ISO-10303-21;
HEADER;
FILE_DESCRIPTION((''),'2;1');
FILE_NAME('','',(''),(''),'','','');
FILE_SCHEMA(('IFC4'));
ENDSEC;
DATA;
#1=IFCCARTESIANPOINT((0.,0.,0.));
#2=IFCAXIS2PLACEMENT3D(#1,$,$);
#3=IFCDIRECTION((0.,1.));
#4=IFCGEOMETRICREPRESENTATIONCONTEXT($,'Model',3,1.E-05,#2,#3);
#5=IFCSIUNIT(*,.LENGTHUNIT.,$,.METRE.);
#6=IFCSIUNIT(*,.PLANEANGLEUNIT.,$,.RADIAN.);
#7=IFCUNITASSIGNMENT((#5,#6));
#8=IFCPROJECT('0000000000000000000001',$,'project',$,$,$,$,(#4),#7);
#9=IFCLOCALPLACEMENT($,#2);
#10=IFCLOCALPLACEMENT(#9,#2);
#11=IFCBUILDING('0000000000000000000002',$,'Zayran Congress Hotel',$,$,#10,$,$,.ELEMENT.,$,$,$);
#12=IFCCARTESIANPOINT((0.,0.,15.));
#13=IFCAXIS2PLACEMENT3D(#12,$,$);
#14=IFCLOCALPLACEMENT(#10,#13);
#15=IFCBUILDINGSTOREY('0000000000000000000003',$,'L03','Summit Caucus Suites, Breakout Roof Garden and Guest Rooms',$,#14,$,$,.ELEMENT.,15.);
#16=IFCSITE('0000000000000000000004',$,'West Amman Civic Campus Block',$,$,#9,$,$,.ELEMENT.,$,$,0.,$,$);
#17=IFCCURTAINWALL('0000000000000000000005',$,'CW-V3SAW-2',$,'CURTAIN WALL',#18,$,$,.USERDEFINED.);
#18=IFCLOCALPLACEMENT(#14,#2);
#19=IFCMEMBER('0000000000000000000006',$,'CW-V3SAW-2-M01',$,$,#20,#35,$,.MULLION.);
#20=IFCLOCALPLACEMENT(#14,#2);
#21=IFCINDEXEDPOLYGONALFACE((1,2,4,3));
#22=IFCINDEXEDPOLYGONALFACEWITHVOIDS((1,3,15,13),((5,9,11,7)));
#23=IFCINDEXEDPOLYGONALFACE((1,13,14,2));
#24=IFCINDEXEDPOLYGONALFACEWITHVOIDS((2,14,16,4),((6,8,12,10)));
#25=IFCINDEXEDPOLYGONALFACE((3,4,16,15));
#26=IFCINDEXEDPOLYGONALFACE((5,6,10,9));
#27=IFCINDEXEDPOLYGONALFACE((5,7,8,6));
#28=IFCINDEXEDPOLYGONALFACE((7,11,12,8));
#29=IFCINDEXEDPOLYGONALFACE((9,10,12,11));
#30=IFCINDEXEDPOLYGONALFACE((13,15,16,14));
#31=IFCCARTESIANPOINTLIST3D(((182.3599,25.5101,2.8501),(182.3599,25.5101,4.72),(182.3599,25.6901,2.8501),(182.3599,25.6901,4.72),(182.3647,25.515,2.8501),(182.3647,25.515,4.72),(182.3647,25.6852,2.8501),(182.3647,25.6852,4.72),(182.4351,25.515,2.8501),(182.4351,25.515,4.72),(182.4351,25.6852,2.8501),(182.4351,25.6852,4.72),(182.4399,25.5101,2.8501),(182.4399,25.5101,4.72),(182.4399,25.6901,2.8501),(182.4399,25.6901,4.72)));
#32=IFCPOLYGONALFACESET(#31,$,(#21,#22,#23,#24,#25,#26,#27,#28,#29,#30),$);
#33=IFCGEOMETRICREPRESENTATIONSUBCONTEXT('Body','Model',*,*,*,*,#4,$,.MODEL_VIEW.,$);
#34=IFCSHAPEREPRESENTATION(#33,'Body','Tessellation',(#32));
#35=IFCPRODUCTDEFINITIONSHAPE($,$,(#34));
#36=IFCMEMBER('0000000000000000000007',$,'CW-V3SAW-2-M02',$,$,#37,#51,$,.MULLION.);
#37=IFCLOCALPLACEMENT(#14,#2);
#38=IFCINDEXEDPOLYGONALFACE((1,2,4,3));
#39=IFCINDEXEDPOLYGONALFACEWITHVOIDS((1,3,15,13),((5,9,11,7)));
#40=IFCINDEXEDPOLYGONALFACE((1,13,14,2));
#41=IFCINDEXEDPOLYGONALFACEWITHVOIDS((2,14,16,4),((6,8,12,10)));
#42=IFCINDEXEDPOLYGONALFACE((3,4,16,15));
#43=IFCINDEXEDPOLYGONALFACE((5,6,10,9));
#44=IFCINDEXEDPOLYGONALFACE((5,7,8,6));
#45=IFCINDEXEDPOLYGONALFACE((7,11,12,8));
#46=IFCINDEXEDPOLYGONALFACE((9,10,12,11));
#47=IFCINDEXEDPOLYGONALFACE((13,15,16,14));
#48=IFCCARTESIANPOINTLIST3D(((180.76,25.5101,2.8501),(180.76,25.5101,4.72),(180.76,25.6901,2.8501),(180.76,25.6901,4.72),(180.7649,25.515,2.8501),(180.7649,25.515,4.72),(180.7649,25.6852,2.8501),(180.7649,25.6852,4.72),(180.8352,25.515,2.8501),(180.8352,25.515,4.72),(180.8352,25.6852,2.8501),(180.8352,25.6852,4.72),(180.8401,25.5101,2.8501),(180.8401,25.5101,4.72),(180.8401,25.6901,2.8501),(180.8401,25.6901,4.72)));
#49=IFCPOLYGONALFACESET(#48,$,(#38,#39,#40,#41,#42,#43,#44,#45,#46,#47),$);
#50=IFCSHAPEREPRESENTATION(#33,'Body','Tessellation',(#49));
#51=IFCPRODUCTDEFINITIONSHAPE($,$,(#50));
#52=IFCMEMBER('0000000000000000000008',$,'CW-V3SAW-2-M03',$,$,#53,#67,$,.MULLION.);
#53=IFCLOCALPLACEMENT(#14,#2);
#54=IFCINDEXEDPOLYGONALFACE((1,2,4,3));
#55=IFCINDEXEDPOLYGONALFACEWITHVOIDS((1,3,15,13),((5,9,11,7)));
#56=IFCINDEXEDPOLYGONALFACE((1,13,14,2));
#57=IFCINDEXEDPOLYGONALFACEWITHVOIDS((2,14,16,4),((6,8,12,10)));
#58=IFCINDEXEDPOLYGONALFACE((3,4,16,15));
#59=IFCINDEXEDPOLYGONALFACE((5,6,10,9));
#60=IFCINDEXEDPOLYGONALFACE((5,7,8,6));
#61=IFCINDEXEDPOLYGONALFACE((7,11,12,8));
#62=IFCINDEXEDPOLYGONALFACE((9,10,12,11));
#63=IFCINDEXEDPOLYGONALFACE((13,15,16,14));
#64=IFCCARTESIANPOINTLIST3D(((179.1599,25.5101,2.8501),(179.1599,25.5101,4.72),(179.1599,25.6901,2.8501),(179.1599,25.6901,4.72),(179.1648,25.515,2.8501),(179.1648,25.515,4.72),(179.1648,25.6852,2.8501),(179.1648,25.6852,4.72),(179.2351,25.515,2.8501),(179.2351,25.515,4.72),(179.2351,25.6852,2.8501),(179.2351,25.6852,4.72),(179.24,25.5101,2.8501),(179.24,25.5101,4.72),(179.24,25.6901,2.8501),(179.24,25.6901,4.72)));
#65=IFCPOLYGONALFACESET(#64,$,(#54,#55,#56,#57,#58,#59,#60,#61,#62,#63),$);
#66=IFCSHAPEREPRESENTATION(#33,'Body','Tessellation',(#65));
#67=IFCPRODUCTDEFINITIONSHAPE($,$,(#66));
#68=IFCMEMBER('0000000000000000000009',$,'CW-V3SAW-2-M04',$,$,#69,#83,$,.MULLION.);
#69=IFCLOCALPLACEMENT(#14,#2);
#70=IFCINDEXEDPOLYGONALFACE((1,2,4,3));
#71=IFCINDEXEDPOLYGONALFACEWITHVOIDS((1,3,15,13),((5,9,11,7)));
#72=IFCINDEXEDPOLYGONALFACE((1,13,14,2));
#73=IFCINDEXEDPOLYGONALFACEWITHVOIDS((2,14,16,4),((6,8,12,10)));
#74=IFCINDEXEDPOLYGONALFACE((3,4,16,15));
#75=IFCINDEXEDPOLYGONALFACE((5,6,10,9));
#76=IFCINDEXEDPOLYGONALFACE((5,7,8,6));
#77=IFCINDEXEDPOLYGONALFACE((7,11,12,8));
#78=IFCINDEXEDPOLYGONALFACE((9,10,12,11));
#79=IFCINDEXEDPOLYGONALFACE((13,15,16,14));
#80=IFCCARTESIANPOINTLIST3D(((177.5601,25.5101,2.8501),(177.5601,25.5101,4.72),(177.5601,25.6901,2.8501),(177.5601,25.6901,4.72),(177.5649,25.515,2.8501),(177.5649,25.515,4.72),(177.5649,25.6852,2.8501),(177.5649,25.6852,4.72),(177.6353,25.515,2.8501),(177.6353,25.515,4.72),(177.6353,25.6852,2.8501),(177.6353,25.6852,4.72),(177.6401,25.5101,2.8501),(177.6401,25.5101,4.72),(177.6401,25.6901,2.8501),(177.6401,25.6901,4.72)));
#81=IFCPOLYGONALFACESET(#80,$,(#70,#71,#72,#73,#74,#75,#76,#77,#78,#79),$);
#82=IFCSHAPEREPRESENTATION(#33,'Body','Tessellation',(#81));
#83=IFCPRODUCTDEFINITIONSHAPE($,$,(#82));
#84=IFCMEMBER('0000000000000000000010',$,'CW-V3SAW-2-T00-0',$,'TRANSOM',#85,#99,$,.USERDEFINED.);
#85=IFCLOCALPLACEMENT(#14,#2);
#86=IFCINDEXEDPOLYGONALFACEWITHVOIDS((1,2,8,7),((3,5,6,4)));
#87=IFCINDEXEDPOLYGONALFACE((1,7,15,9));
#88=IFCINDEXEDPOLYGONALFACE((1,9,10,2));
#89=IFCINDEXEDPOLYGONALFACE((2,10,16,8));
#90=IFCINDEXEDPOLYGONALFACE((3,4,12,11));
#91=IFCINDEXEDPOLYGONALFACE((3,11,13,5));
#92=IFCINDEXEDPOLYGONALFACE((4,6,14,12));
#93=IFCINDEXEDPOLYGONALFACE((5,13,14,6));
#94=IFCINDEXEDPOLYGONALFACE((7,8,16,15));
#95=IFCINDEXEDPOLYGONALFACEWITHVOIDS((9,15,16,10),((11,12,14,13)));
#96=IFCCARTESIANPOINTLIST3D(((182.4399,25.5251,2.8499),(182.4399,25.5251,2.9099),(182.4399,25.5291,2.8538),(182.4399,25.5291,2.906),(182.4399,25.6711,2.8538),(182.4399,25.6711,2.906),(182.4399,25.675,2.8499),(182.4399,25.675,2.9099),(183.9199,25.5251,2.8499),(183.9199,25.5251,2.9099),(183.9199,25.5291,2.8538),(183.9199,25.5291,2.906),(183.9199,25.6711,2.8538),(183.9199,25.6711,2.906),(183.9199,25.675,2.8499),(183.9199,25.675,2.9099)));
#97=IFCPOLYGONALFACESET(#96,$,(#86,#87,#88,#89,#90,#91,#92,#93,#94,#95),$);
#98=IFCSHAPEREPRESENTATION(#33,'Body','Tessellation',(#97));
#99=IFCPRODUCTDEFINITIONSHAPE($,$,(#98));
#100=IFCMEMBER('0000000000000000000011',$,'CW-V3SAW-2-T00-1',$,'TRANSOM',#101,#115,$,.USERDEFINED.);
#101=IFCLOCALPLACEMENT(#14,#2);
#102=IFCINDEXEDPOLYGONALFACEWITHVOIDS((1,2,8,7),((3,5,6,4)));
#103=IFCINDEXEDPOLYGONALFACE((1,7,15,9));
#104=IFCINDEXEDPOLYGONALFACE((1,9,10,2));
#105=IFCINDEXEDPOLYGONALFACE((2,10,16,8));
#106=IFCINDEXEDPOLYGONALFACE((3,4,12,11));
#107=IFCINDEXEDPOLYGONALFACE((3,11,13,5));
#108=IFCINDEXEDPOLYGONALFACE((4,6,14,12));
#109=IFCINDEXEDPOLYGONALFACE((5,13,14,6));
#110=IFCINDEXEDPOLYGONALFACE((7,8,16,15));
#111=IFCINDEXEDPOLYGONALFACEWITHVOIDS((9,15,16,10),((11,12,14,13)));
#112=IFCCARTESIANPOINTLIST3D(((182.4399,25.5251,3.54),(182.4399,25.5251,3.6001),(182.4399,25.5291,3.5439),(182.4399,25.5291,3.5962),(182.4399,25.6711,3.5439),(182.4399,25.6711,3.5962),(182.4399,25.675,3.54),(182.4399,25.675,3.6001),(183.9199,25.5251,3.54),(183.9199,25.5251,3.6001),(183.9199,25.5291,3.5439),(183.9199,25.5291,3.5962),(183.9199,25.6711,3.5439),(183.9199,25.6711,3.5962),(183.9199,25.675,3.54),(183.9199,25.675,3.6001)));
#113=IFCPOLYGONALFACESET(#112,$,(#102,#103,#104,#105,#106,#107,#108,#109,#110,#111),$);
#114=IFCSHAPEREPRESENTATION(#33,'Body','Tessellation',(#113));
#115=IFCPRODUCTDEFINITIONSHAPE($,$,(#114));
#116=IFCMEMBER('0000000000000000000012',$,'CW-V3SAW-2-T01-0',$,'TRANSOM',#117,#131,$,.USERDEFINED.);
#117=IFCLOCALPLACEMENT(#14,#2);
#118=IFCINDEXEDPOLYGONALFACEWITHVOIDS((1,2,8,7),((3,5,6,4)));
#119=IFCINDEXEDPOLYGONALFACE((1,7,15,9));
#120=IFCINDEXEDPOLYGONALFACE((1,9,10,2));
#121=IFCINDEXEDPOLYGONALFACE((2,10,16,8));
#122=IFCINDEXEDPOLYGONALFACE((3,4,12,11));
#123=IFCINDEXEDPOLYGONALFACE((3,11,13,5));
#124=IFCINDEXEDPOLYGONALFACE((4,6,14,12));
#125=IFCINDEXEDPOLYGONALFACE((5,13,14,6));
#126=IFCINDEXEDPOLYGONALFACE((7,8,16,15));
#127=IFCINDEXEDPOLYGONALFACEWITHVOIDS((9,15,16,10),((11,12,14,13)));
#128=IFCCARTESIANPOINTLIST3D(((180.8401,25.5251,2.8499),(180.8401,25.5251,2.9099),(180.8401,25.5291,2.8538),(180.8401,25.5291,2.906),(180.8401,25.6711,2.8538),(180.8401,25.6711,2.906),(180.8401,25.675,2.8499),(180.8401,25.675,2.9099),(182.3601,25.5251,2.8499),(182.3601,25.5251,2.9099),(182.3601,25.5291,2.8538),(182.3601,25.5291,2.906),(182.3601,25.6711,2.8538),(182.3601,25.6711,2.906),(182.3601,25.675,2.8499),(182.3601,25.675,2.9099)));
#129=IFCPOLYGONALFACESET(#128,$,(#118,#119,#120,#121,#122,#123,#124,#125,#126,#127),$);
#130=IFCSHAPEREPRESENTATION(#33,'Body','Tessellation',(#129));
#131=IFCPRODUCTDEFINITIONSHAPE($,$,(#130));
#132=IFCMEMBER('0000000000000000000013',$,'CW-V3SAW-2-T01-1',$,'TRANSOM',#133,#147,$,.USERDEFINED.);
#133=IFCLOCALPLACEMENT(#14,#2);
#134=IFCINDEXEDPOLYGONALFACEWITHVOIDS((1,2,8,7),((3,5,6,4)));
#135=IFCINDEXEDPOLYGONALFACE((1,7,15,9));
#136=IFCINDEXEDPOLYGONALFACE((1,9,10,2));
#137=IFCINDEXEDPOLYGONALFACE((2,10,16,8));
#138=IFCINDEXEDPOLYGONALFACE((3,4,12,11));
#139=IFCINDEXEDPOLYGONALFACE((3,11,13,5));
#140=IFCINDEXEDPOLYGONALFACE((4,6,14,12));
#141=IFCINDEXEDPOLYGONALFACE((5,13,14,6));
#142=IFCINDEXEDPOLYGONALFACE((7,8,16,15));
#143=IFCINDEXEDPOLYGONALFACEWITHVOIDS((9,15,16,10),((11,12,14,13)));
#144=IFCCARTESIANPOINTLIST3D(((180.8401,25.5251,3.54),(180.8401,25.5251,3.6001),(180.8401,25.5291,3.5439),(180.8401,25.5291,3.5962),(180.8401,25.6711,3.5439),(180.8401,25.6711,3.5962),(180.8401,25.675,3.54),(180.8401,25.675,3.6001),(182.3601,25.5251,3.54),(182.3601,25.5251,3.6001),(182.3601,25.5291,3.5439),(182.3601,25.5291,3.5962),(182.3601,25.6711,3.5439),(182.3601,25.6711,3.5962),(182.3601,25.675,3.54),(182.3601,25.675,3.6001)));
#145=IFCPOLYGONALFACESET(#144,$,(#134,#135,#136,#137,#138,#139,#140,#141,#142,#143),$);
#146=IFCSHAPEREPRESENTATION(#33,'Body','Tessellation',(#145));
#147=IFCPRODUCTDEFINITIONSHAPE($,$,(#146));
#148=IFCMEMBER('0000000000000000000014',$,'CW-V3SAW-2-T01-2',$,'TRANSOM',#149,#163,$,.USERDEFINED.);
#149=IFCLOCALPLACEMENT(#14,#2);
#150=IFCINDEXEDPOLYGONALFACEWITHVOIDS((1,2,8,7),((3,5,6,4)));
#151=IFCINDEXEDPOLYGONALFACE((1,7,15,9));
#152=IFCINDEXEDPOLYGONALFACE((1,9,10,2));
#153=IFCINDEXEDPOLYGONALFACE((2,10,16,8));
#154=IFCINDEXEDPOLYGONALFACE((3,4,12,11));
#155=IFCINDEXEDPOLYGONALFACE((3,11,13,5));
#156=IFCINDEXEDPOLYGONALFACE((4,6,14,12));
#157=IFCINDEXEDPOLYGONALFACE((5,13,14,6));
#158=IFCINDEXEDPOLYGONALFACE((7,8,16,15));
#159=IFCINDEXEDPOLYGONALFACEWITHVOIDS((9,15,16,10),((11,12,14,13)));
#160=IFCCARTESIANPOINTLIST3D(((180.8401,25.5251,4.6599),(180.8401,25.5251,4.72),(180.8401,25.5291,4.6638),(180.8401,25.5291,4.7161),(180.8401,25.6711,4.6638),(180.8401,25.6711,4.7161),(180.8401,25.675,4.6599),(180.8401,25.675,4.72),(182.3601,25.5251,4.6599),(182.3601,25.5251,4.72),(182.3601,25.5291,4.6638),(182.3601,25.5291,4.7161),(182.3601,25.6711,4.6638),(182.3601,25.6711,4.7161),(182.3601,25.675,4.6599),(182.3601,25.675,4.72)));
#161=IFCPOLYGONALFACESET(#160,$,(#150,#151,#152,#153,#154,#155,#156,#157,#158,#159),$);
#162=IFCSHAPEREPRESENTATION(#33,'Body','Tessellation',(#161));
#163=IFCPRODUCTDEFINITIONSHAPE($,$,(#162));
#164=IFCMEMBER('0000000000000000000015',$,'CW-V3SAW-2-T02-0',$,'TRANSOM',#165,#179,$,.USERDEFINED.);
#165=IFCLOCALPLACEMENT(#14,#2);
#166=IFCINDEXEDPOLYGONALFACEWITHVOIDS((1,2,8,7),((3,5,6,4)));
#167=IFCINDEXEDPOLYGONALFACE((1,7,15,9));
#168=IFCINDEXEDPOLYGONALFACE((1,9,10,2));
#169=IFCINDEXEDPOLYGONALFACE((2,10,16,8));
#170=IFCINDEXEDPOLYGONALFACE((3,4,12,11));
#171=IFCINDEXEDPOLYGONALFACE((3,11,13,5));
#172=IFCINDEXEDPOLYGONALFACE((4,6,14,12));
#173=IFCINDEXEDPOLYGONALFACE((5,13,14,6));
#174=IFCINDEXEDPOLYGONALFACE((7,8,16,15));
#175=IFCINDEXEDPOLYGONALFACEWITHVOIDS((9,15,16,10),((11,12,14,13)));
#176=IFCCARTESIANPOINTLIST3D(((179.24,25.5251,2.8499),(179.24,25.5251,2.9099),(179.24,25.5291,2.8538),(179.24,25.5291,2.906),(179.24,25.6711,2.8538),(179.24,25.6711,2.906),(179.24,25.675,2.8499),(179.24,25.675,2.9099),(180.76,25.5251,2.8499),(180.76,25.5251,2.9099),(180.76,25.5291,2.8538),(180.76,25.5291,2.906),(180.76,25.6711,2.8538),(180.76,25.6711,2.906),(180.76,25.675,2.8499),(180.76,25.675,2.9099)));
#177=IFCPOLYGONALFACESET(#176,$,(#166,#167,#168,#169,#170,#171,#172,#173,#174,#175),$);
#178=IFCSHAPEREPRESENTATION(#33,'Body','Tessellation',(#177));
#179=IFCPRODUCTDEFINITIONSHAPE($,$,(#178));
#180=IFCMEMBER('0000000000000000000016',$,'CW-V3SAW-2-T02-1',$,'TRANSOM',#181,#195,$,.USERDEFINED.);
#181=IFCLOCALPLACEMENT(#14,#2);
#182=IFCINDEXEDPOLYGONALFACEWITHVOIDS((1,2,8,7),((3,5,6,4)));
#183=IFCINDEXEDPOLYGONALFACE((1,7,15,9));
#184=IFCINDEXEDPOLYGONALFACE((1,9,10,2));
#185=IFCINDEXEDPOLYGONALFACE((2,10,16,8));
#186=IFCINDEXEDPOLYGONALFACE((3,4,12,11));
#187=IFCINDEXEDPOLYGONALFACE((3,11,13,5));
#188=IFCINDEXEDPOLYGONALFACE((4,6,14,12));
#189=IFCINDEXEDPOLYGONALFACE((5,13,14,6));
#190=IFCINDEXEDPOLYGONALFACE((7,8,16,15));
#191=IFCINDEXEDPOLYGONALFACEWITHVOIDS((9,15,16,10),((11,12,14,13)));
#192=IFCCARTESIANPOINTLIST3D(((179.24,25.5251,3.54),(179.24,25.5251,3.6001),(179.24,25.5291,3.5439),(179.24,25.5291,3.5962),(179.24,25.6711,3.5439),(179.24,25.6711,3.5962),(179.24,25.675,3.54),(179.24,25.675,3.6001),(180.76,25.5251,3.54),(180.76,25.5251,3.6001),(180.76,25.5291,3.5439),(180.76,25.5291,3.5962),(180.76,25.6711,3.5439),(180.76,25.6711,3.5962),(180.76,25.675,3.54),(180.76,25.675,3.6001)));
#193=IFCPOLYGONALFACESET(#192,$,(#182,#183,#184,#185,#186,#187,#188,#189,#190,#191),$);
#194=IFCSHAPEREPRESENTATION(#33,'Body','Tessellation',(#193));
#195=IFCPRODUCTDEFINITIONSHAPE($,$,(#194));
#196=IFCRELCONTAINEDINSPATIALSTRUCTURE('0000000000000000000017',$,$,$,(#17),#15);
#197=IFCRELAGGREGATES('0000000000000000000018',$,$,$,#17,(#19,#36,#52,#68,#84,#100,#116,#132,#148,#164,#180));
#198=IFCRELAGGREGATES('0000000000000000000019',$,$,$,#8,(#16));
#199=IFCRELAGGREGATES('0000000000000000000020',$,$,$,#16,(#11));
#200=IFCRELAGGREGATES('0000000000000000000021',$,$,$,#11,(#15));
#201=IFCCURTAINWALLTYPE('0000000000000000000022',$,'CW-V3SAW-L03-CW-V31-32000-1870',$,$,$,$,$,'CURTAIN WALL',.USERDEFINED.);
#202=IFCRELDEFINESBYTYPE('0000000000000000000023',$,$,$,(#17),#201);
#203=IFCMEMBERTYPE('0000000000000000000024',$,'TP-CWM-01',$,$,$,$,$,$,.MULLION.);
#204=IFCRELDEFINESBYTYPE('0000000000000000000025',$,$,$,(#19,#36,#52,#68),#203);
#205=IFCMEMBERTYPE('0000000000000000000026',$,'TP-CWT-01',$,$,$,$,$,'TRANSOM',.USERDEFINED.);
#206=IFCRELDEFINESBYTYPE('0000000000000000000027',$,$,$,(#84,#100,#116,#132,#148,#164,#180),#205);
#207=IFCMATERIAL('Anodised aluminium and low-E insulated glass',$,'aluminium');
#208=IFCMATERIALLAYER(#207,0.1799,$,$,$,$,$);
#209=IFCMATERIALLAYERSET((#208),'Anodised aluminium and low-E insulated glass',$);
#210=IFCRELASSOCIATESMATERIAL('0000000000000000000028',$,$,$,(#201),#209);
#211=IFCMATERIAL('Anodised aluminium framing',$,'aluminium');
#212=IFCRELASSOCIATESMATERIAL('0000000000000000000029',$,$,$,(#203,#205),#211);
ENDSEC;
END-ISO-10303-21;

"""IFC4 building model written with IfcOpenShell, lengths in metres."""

from ifc_helpers import new_model, si_unit, direction, frame, origin, origin_2d, place, context, subcontext, project, spatial, hollow_rectangle, extrude, material, layer, layer_set, material_profile, profile_set, type_object, element, aggregate, save


model = new_model("IFC4")

# Units and contexts
model_context = context("Model", 3, precision=1e-05, world=origin(), true_north=direction((0.0, 1.0)))
body_context = subcontext(model_context, "Body", "Model", "MODEL_VIEW")
ifc_project = project(units=[si_unit("LENGTHUNIT", "METRE"), si_unit("PLANEANGLEUNIT", "RADIAN")], contexts=[model_context])

# Site, building, storey
site_placement = place(None, origin())
site = spatial("IfcSite", under=ifc_project, at=site_placement, Name="West Amman Civic Campus Block", CompositionType="ELEMENT", RefElevation=0.0)
building_placement = place(site_placement, origin())
building = spatial("IfcBuilding", under=site, at=building_placement, Name="Zayran Congress Hotel", CompositionType="ELEMENT")
storey_placement = place(building_placement, frame((0.0, 0.0, 15.0)))
storey = spatial("IfcBuildingStorey", under=building, at=storey_placement, Name="L03", Description="Summit Caucus Suites, Breakout Roof Garden and Guest Rooms", CompositionType="ELEMENT", Elevation=15.0)

# Curtain wall, members
ifc_material_1 = material(Name="Anodised aluminium and low-E insulated glass", Category="aluminium")
ifc_layer_1 = layer(ifc_material_1, 0.1799)
ifc_layer_set_1 = layer_set([ifc_layer_1], Name="Anodised aluminium and low-E insulated glass")
curtain_wall_type = type_object("IfcCurtainWallType", Name="CW-V3SAW-L03-CW-V31-32000-1870", ElementType="CURTAIN WALL", PredefinedType="USERDEFINED", material=ifc_layer_set_1)
curtain_wall_placement = place(storey_placement, origin())
curtain_wall = element("IfcCurtainWall", 1, at=curtain_wall_placement, inside=storey, type_object=curtain_wall_type, Name="CW-V3SAW-2", ObjectType="CURTAIN WALL", PredefinedType="USERDEFINED")
ifc_material_2 = material(Name="Anodised aluminium framing", Category="aluminium")
ifc_material_profile_1 = material_profile(ifc_material_2, hollow_rectangle(XDim=0.0801, YDim=0.1799, WallThickness=0.0049, at=origin_2d()), Name="RHS 180x80x5")
ifc_profile_set_1 = profile_set([ifc_material_profile_1], Name="Anodised aluminium framing")
member_type_1 = type_object("IfcMemberType", Name="TP-CWM-01", PredefinedType="MULLION", material=ifc_profile_set_1)
member_1_placement = place(storey_placement, frame((182.3999, 25.6001, 2.8501), z_axis=(0.0, 0.0, 1.0), x_axis=(1.0, 0.0, 0.0)))
member_1 = element("IfcMember", 2, at=member_1_placement, type_object=member_type_1, Name="CW-V3SAW-2-M01", PredefinedType="MULLION", context=body_context, shape_type="SweptSolid", body=[
    extrude(hollow_rectangle(XDim=0.0801, YDim=0.1799, WallThickness=0.0049, at=origin_2d()), origin(), (0.0, 0.0, 1.0), 1.8699),
])
member_2_placement = place(storey_placement, frame((180.8, 25.6001, 2.8501), z_axis=(0.0, 0.0, 1.0), x_axis=(1.0, 0.0, 0.0)))
member_2 = element("IfcMember", 3, at=member_2_placement, type_object=member_type_1, Name="CW-V3SAW-2-M02", PredefinedType="MULLION", context=body_context, shape_type="SweptSolid", body=[
    extrude(hollow_rectangle(XDim=0.0801, YDim=0.1799, WallThickness=0.0049, at=origin_2d()), origin(), (0.0, 0.0, 1.0), 1.8699),
])
member_3_placement = place(storey_placement, frame((179.2, 25.6001, 2.8501), z_axis=(0.0, 0.0, 1.0), x_axis=(1.0, 0.0, 0.0)))
member_3 = element("IfcMember", 4, at=member_3_placement, type_object=member_type_1, Name="CW-V3SAW-2-M03", PredefinedType="MULLION", context=body_context, shape_type="SweptSolid", body=[
    extrude(hollow_rectangle(XDim=0.0801, YDim=0.1799, WallThickness=0.0049, at=origin_2d()), origin(), (0.0, 0.0, 1.0), 1.8699),
])
member_4_placement = place(storey_placement, frame((177.6001, 25.6001, 2.8501), z_axis=(0.0, 0.0, 1.0), x_axis=(1.0, 0.0, 0.0)))
member_4 = element("IfcMember", 5, at=member_4_placement, type_object=member_type_1, Name="CW-V3SAW-2-M04", PredefinedType="MULLION", context=body_context, shape_type="SweptSolid", body=[
    extrude(hollow_rectangle(XDim=0.0801, YDim=0.1799, WallThickness=0.0049, at=origin_2d()), origin(), (0.0, 0.0, 1.0), 1.8699),
])
ifc_material_profile_2 = material_profile(ifc_material_2, hollow_rectangle(XDim=0.0601, YDim=0.1499, WallThickness=0.0039, at=origin_2d()), Name="RHS 150x60x4")
ifc_profile_set_2 = profile_set([ifc_material_profile_2], Name="Anodised aluminium framing")
member_type_2 = type_object("IfcMemberType", Name="TP-CWT-01", ElementType="TRANSOM", PredefinedType="USERDEFINED", material=ifc_profile_set_2)
member_5_placement = place(storey_placement, frame((183.9199, 25.6001, 2.8799), z_axis=(-1.0, 0.0, 0.0), x_axis=(0.0, 0.0, 1.0)))
member_5 = element("IfcMember", 6, at=member_5_placement, type_object=member_type_2, Name="CW-V3SAW-2-T00-0", ObjectType="TRANSOM", PredefinedType="USERDEFINED", context=body_context, shape_type="SweptSolid", body=[
    extrude(hollow_rectangle(XDim=0.0601, YDim=0.1499, WallThickness=0.0039, at=origin_2d()), origin(), (0.0, 0.0, 1.0), 1.48),
])
member_6_placement = place(storey_placement, frame((183.9199, 25.6001, 3.5701), z_axis=(-1.0, 0.0, 0.0), x_axis=(0.0, 0.0, 1.0)))
member_6 = element("IfcMember", 7, at=member_6_placement, type_object=member_type_2, Name="CW-V3SAW-2-T00-1", ObjectType="TRANSOM", PredefinedType="USERDEFINED", context=body_context, shape_type="SweptSolid", body=[
    extrude(hollow_rectangle(XDim=0.0601, YDim=0.1499, WallThickness=0.0039, at=origin_2d()), origin(), (0.0, 0.0, 1.0), 1.48),
])
member_7_placement = place(storey_placement, frame((182.3601, 25.6001, 2.8799), z_axis=(-1.0, 0.0, 0.0), x_axis=(0.0, 0.0, 1.0)))
member_7 = element("IfcMember", 8, at=member_7_placement, type_object=member_type_2, Name="CW-V3SAW-2-T01-0", ObjectType="TRANSOM", PredefinedType="USERDEFINED", context=body_context, shape_type="SweptSolid", body=[
    extrude(hollow_rectangle(XDim=0.0601, YDim=0.1499, WallThickness=0.0039, at=origin_2d()), origin(), (0.0, 0.0, 1.0), 1.52),
])
member_8_placement = place(storey_placement, frame((182.3601, 25.6001, 3.5701), z_axis=(-1.0, 0.0, 0.0), x_axis=(0.0, 0.0, 1.0)))
member_8 = element("IfcMember", 9, at=member_8_placement, type_object=member_type_2, Name="CW-V3SAW-2-T01-1", ObjectType="TRANSOM", PredefinedType="USERDEFINED", context=body_context, shape_type="SweptSolid", body=[
    extrude(hollow_rectangle(XDim=0.0601, YDim=0.1499, WallThickness=0.0039, at=origin_2d()), origin(), (0.0, 0.0, 1.0), 1.52),
])
member_9_placement = place(storey_placement, frame((182.3601, 25.6001, 4.6899), z_axis=(-1.0, 0.0, 0.0), x_axis=(0.0, 0.0, 1.0)))
member_9 = element("IfcMember", 10, at=member_9_placement, type_object=member_type_2, Name="CW-V3SAW-2-T01-2", ObjectType="TRANSOM", PredefinedType="USERDEFINED", context=body_context, shape_type="SweptSolid", body=[
    extrude(hollow_rectangle(XDim=0.0601, YDim=0.1499, WallThickness=0.0039, at=origin_2d()), origin(), (0.0, 0.0, 1.0), 1.52),
])
member_10_placement = place(storey_placement, frame((180.76, 25.6001, 2.8799), z_axis=(-1.0, 0.0, 0.0), x_axis=(0.0, 0.0, 1.0)))
member_10 = element("IfcMember", 11, at=member_10_placement, type_object=member_type_2, Name="CW-V3SAW-2-T02-0", ObjectType="TRANSOM", PredefinedType="USERDEFINED", context=body_context, shape_type="SweptSolid", body=[
    extrude(hollow_rectangle(XDim=0.0601, YDim=0.1499, WallThickness=0.0039, at=origin_2d()), origin(), (0.0, 0.0, 1.0), 1.52),
])
member_11_placement = place(storey_placement, frame((180.76, 25.6001, 3.5701), z_axis=(-1.0, 0.0, 0.0), x_axis=(0.0, 0.0, 1.0)))
member_11 = element("IfcMember", 12, at=member_11_placement, type_object=member_type_2, Name="CW-V3SAW-2-T02-1", ObjectType="TRANSOM", PredefinedType="USERDEFINED", context=body_context, shape_type="SweptSolid", body=[
    extrude(hollow_rectangle(XDim=0.0601, YDim=0.1499, WallThickness=0.0039, at=origin_2d()), origin(), (0.0, 0.0, 1.0), 1.52),
])
aggregate(curtain_wall, [member_1, member_2, member_3, member_4, member_5, member_6, member_7, member_8, member_9, member_10, member_11])

save(model, "model.ifc")
